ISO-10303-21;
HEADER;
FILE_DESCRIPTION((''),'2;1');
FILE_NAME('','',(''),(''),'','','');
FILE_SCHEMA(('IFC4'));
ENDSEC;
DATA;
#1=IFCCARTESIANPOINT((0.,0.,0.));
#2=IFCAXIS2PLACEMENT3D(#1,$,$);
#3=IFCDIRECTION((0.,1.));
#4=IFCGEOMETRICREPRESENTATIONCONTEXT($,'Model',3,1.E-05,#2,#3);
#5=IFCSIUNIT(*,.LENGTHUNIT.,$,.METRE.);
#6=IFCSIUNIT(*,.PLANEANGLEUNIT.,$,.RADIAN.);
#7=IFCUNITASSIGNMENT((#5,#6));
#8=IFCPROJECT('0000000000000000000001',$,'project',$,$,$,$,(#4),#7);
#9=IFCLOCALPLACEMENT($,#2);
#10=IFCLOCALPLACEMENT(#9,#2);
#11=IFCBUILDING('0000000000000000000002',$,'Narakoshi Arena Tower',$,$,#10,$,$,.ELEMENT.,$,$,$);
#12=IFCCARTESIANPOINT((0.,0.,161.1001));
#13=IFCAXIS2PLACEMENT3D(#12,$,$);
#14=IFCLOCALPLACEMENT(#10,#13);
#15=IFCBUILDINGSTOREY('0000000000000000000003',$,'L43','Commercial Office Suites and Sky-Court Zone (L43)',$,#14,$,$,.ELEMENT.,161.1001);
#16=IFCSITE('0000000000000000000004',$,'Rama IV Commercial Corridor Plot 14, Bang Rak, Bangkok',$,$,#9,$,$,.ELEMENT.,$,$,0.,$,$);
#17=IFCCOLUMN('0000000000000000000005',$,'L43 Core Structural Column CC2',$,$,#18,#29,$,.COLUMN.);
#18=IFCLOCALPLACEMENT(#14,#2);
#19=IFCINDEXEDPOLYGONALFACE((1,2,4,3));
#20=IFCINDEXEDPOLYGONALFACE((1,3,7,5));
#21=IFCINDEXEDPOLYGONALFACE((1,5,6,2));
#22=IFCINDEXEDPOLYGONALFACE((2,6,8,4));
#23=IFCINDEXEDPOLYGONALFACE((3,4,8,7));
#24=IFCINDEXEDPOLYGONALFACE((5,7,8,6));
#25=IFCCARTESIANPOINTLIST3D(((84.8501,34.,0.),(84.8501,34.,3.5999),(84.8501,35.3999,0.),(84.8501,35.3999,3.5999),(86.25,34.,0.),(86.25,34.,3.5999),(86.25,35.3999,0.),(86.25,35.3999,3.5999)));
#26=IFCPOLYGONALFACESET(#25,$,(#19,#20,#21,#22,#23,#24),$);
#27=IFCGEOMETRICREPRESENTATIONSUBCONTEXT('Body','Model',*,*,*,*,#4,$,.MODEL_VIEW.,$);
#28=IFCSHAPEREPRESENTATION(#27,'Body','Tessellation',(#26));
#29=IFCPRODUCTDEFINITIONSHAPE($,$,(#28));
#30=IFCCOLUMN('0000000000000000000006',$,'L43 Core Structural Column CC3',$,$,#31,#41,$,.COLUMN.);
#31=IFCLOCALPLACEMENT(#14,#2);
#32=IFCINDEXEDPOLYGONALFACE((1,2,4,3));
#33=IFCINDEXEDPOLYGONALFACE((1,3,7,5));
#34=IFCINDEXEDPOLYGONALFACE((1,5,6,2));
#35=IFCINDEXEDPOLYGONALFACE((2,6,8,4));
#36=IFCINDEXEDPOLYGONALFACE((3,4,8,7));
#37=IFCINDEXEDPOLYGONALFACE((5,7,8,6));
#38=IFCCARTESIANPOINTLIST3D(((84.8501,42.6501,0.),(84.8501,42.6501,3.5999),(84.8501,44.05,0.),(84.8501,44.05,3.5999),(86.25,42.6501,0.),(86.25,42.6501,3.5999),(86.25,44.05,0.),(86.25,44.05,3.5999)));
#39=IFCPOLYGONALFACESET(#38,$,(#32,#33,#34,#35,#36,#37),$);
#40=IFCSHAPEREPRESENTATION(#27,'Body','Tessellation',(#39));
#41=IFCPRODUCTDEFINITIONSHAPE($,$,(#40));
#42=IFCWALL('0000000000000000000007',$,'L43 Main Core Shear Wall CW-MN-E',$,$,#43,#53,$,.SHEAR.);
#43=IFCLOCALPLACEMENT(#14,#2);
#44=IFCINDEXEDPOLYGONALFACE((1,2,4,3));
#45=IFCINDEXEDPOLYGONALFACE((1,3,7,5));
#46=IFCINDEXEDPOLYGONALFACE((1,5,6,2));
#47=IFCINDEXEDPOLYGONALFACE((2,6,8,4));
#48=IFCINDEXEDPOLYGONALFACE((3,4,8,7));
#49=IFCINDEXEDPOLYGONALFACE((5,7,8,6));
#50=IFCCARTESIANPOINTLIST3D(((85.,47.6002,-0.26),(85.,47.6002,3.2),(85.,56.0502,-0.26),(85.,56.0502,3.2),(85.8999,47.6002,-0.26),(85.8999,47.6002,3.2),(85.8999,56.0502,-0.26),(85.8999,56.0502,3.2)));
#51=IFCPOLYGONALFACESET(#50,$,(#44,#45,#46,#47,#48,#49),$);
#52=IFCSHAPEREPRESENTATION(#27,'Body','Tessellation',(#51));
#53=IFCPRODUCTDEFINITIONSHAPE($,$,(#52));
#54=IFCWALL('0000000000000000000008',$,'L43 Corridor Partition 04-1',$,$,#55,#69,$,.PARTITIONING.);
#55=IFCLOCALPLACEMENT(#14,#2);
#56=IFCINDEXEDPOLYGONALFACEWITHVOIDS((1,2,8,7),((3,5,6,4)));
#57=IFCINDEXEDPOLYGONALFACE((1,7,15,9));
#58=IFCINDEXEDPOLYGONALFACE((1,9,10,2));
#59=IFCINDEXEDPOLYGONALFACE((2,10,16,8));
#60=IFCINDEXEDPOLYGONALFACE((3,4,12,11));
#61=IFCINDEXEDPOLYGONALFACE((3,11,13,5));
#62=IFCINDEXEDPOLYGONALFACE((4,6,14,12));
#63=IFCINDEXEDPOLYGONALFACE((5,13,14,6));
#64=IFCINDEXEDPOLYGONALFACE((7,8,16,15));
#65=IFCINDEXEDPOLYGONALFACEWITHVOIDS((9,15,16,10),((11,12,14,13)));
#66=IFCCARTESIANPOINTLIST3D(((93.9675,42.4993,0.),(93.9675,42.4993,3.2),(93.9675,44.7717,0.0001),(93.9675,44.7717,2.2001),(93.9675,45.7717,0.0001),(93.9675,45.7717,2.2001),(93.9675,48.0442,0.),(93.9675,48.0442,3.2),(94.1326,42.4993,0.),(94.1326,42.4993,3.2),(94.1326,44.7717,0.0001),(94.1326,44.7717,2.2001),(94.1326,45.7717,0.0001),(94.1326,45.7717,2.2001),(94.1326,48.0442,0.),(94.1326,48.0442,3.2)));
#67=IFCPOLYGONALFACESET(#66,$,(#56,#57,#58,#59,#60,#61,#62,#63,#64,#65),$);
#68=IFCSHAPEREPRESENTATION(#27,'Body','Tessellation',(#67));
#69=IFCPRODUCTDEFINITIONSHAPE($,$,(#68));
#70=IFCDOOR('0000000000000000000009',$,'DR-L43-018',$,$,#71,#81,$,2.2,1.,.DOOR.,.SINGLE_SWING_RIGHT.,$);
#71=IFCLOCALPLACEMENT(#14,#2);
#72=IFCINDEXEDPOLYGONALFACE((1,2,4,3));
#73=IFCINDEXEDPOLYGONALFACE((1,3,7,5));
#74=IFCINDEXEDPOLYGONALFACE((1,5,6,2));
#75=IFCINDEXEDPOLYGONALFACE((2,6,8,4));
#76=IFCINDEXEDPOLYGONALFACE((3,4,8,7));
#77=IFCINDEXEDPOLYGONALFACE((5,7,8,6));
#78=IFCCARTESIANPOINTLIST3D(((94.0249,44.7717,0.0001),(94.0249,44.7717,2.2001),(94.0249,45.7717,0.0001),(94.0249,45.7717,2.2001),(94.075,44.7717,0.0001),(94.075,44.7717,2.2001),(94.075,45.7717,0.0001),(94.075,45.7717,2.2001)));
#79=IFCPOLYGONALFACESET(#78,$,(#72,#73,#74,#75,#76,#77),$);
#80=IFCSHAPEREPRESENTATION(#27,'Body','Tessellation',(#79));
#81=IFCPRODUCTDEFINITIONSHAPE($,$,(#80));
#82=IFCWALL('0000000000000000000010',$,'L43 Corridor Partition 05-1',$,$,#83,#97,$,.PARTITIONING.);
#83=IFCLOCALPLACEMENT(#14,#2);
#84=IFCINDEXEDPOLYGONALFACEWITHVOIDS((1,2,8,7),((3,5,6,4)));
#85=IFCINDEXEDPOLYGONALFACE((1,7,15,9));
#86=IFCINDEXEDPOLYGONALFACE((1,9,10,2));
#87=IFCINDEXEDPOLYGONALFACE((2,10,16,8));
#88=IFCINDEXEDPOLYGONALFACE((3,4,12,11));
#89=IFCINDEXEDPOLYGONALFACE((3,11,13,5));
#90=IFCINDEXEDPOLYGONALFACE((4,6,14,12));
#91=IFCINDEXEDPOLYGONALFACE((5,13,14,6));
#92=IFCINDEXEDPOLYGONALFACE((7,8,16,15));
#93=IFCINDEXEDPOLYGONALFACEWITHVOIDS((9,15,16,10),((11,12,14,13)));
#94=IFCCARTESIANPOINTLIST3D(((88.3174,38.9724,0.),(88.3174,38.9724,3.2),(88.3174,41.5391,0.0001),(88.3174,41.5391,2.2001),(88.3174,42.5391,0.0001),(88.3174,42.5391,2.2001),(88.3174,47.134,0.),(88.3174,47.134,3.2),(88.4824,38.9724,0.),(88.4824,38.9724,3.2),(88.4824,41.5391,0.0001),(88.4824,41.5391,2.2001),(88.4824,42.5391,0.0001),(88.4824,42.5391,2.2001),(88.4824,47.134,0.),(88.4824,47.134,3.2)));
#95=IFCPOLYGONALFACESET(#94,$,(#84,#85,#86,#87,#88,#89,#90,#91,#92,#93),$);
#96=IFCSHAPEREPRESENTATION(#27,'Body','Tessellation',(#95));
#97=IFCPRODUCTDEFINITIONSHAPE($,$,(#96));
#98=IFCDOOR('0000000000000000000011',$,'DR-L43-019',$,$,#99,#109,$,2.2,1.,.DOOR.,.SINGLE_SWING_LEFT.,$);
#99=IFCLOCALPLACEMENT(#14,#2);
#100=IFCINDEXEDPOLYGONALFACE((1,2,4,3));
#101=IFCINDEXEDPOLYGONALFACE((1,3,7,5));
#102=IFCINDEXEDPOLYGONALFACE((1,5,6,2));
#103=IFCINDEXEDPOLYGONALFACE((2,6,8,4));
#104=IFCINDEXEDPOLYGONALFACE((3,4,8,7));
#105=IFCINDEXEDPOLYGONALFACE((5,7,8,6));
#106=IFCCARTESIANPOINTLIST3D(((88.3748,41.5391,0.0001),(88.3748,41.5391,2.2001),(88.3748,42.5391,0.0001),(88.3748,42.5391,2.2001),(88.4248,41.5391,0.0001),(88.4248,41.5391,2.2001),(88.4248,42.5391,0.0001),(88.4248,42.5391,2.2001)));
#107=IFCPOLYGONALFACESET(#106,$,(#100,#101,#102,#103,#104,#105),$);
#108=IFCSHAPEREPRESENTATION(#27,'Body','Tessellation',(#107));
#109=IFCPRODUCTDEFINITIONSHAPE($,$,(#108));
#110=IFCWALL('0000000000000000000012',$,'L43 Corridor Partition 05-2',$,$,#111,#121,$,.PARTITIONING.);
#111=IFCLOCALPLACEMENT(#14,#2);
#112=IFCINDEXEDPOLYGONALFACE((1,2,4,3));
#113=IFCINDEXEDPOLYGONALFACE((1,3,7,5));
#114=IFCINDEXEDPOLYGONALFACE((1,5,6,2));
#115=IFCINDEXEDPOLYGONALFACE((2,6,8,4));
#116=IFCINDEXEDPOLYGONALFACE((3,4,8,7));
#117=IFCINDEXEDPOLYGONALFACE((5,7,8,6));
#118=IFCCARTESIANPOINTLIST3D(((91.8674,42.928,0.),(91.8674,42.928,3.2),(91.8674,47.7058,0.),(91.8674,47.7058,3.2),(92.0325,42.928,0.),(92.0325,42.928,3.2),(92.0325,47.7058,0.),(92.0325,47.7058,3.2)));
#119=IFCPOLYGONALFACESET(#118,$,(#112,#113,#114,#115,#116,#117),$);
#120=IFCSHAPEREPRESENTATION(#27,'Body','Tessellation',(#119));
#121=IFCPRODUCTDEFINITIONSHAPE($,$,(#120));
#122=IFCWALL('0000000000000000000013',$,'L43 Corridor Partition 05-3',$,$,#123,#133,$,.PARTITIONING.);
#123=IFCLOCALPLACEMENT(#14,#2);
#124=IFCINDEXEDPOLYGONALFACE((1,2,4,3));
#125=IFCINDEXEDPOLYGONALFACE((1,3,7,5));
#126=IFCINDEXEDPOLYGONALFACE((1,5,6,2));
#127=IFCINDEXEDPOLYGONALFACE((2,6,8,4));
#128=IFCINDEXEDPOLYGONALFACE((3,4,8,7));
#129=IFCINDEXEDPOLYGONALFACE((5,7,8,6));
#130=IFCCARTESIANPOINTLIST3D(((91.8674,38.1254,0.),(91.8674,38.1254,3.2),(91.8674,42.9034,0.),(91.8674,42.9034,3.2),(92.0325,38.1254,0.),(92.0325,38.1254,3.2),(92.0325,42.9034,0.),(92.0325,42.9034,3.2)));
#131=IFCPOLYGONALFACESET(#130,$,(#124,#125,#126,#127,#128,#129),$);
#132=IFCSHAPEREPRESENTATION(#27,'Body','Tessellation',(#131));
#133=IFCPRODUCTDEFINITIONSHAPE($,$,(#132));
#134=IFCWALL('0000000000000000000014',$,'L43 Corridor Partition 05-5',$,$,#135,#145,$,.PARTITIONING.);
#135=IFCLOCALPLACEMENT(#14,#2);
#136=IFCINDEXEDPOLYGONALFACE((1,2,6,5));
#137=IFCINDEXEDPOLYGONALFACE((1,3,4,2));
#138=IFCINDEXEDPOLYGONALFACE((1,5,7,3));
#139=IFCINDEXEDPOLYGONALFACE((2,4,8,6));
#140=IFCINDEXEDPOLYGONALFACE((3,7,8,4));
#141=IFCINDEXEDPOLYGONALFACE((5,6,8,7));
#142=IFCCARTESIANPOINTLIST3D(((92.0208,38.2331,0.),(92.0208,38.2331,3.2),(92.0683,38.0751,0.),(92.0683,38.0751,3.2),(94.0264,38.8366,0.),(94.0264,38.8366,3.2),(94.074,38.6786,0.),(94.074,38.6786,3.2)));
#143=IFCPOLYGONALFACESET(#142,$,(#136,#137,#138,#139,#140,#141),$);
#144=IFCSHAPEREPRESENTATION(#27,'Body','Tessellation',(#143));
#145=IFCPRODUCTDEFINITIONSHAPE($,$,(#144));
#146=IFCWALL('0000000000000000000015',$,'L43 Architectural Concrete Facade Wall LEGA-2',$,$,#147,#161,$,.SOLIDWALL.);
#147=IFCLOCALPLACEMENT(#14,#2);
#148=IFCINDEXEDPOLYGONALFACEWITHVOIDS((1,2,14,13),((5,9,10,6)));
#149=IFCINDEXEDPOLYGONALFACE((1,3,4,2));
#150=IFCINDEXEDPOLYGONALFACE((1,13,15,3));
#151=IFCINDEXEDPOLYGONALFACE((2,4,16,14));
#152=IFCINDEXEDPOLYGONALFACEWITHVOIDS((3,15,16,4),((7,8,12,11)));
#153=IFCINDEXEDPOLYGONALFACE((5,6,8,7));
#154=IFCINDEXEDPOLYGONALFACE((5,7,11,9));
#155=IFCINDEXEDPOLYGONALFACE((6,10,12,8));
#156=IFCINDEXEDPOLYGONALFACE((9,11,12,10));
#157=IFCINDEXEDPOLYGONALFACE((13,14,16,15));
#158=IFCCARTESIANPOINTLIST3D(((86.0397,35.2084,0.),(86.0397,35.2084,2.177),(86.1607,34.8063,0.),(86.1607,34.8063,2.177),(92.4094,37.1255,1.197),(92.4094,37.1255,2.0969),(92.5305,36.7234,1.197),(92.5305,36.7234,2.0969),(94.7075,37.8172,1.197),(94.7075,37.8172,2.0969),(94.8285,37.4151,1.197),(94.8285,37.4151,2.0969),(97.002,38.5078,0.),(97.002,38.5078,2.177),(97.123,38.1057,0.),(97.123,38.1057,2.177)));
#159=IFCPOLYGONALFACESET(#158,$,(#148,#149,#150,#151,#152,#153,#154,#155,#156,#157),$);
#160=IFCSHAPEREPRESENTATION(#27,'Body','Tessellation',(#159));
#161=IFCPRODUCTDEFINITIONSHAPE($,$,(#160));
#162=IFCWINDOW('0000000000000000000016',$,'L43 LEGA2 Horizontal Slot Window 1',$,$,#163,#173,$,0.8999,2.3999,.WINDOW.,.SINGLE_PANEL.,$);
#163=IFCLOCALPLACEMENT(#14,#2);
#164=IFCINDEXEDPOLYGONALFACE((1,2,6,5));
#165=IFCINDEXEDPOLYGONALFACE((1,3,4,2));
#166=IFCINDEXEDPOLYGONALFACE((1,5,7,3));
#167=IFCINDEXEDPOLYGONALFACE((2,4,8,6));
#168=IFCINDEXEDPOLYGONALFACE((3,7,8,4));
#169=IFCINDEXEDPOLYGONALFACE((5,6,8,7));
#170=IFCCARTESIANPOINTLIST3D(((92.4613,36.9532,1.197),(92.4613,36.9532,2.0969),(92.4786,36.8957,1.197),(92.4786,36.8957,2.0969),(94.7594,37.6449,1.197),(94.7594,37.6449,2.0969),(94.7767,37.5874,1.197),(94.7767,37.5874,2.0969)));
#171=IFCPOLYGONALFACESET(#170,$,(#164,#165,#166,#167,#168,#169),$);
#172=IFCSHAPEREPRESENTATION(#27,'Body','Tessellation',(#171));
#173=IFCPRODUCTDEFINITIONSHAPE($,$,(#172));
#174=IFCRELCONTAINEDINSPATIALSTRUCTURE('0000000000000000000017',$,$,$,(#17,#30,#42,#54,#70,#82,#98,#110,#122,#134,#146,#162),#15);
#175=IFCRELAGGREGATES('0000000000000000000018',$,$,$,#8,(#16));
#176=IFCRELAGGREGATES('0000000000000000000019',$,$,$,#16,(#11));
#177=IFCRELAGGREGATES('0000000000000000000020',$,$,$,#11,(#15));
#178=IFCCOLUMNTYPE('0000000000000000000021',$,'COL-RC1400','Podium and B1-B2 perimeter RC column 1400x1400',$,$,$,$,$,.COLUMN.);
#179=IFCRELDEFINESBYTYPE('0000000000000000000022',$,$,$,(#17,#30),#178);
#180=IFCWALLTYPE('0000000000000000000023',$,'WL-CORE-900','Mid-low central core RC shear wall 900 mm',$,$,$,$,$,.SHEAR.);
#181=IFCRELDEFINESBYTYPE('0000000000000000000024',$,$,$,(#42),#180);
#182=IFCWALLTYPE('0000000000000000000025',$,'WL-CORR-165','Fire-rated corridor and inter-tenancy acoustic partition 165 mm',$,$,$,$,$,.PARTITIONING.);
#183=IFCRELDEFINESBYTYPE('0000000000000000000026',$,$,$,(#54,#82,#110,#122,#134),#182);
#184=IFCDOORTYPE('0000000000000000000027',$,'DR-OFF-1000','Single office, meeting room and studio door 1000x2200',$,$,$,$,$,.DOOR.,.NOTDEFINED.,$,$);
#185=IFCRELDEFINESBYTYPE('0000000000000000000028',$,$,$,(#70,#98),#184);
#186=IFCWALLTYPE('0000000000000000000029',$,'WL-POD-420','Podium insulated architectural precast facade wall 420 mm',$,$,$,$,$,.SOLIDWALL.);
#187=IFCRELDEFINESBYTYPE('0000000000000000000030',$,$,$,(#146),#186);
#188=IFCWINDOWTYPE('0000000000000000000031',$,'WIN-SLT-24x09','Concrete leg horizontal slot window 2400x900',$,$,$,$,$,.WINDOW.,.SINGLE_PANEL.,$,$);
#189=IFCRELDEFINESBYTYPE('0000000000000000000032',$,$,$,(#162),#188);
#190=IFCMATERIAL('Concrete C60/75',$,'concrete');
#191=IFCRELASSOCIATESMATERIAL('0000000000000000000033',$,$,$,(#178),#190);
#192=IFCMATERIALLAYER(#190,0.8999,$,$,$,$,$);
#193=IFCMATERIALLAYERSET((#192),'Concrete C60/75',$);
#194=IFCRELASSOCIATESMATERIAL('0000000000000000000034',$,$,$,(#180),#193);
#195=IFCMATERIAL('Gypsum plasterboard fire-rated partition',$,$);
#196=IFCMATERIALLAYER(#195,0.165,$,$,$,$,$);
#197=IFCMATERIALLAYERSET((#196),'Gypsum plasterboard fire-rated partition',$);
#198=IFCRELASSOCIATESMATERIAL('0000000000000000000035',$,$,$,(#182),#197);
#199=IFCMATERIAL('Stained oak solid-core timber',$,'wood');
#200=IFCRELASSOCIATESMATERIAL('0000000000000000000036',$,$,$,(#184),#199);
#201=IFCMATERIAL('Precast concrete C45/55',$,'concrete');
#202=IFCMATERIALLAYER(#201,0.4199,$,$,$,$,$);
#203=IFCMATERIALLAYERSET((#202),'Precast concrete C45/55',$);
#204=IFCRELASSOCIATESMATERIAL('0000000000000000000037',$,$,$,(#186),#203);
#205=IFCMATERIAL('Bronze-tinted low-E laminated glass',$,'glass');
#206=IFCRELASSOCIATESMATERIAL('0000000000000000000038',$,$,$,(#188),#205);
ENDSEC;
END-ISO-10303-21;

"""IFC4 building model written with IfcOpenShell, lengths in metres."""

from ifc_helpers import new_model, si_unit, direction, frame, frame_2d, origin, origin_2d, place, context, subcontext, project, spatial, rectangle, extrude, material, layer, layer_set, material_profile, profile_set, type_object, element, fill, save


model = new_model("IFC4")

# Units and contexts
model_context = context("Model", 3, precision=1e-05, world=origin(), true_north=direction((0.0, 1.0)))
body_context = subcontext(model_context, "Body", "Model", "MODEL_VIEW")
ifc_project = project(units=[si_unit("LENGTHUNIT", "METRE"), si_unit("PLANEANGLEUNIT", "RADIAN")], contexts=[model_context])

# Site, building, storey
site_placement = place(None, origin())
site = spatial("IfcSite", under=ifc_project, at=site_placement, Name="Rama IV Commercial Corridor Plot 14, Bang Rak, Bangkok", CompositionType="ELEMENT", RefElevation=0.0)
building_placement = place(site_placement, origin())
building = spatial("IfcBuilding", under=site, at=building_placement, Name="Narakoshi Arena Tower", CompositionType="ELEMENT")
storey_placement = place(building_placement, frame((0.0, 0.0, 161.1001)))
storey = spatial("IfcBuildingStorey", under=building, at=storey_placement, Name="L43", Description="Commercial Office Suites and Sky-Court Zone (L43)", CompositionType="ELEMENT", Elevation=161.1001)

# Columns
ifc_material_1 = material(Name="Concrete C60/75", Category="concrete")
ifc_material_profile = material_profile(ifc_material_1, rectangle(XDim=1.3999, YDim=1.3999, at=origin_2d()), Name="RC1400x1400")
ifc_profile_set = profile_set([ifc_material_profile], Name="Concrete C60/75")
column_type = type_object("IfcColumnType", Name="COL-RC1400", Description="Podium and B1-B2 perimeter RC column 1400x1400", PredefinedType="COLUMN", material=ifc_profile_set)
for number, where, z_axis, x_axis, name in (
    (1, (85.55, 34.7, 0.0), (0.0, 0.0, 1.0), (1.0, 0.0, 0.0), "L43 Core Structural Column CC2"),
    (2, (85.55, 43.3501, 0.0), (0.0, 0.0, 1.0), (1.0, 0.0, 0.0), "L43 Core Structural Column CC3"),
):
    element("IfcColumn", number, at=place(storey_placement, frame(where, z_axis=z_axis, x_axis=x_axis)), inside=storey, type_object=column_type, Name=name, PredefinedType="COLUMN", context=body_context, shape_type="SweptSolid", body=[
        extrude(rectangle(XDim=1.3999, YDim=1.3999, at=origin_2d()), origin(), (0.0, 0.0, 1.0), 3.5999),
    ])

# Wall
ifc_layer_1 = layer(ifc_material_1, 0.8999)
ifc_layer_set_1 = layer_set([ifc_layer_1], Name="Concrete C60/75")
wall_type_1 = type_object("IfcWallType", Name="WL-CORE-900", Description="Mid-low central core RC shear wall 900 mm", PredefinedType="SHEAR", material=ifc_layer_set_1)
wall_1_placement = place(storey_placement, frame((85.45, 47.6001, -0.26), z_axis=(0.0, 0.0, 1.0), x_axis=(0.0, 1.0, 0.0)))
element("IfcWall", 3, at=wall_1_placement, inside=storey, type_object=wall_type_1, Name="L43 Main Core Shear Wall CW-MN-E", PredefinedType="SHEAR", context=body_context, shape_type="SweptSolid", body=[
    extrude(rectangle(XDim=8.45, YDim=0.8999, at=frame_2d((4.2251, 0.0))), origin(), (0.0, 0.0, 1.0), 3.46),
])

# Walls, openings, doors
ifc_material_2 = material(Name="Gypsum plasterboard fire-rated partition")
ifc_layer_2 = layer(ifc_material_2, 0.165)
ifc_layer_set_2 = layer_set([ifc_layer_2], Name="Gypsum plasterboard fire-rated partition")
wall_type_2 = type_object("IfcWallType", Name="WL-CORR-165", Description="Fire-rated corridor and inter-tenancy acoustic partition 165 mm", PredefinedType="PARTITIONING", material=ifc_layer_set_2)
wall_2_placement = place(storey_placement, frame((94.05, 42.4993, 0.0), z_axis=(0.0, 0.0, 1.0), x_axis=(0.0, 1.0, 0.0)))
wall_2 = element("IfcWall", 4, at=wall_2_placement, inside=storey, type_object=wall_type_2, Name="L43 Corridor Partition 04-1", PredefinedType="PARTITIONING", context=body_context, shape_type="SweptSolid", body=[
    extrude(rectangle(XDim=5.5449, YDim=0.165, at=frame_2d((2.7725, 0.0))), origin(), (0.0, 0.0, 1.0), 3.2),
])
opening_1_placement = place(wall_2_placement, frame((2.2725, 0.0, 0.0)))
opening_1 = element("IfcOpeningElement", 5, at=opening_1_placement, cuts=wall_2, PredefinedType="OPENING", context=body_context, shape_type="SweptSolid", body=[
    extrude(rectangle(XDim=1.0, YDim=2.2, at=frame_2d((0.5, 1.1001))), frame((0.0, 0.0925, 0.0), z_axis=(0.0, -1.0, 0.0), x_axis=(1.0, 0.0, 0.0)), (0.0, 0.0, 1.0), 0.1851),
])
ifc_material_3 = material(Name="Stained oak solid-core timber", Category="wood")
door_type_1 = type_object("IfcDoorType", Name="DR-OFF-1000", Description="Single office, meeting room and studio door 1000x2200", OperationType="NOTDEFINED", PredefinedType="DOOR", material=ifc_material_3)
door_1_placement = place(opening_1_placement, frame((1.0, 0.0, 0.0), z_axis=(0.0, 0.0, 1.0), x_axis=(-1.0, 0.0, 0.0)))
door_1 = element("IfcDoor", 6, at=door_1_placement, inside=storey, type_object=door_type_1, Name="DR-L43-018", OperationType="SINGLE_SWING_RIGHT", OverallHeight=2.2, OverallWidth=1.0, PredefinedType="DOOR", context=body_context, shape_type="SweptSolid", body=[
    extrude(rectangle(XDim=1.0, YDim=2.2, at=frame_2d((0.5, 1.1001))), frame((0.0, 0.0249, 0.0), z_axis=(0.0, -1.0, 0.0), x_axis=(1.0, 0.0, 0.0)), (0.0, 0.0, 1.0), 0.05),
])
fill(opening_1, door_1)
wall_3_placement = place(storey_placement, frame((88.3999, 38.9724, 0.0), z_axis=(0.0, 0.0, 1.0), x_axis=(0.0, 1.0, 0.0)))
wall_3 = element("IfcWall", 7, at=wall_3_placement, inside=storey, type_object=wall_type_2, Name="L43 Corridor Partition 05-1", PredefinedType="PARTITIONING", context=body_context, shape_type="SweptSolid", body=[
    extrude(rectangle(XDim=8.1616, YDim=0.165, at=frame_2d((4.0808, 0.0))), origin(), (0.0, 0.0, 1.0), 3.2),
])
opening_2_placement = place(wall_3_placement, frame((2.5667, 0.0, 0.0)))
opening_2 = element("IfcOpeningElement", 8, at=opening_2_placement, cuts=wall_3, PredefinedType="OPENING", context=body_context, shape_type="SweptSolid", body=[
    extrude(rectangle(XDim=1.0, YDim=2.2, at=frame_2d((0.5, 1.1001))), frame((0.0, 0.0925, 0.0), z_axis=(0.0, -1.0, 0.0), x_axis=(1.0, 0.0, 0.0)), (0.0, 0.0, 1.0), 0.1851),
])
door_2_placement = place(opening_2_placement, frame((1.0, 0.0, 0.0), z_axis=(0.0, 0.0, 1.0), x_axis=(-1.0, 0.0, 0.0)))
door_2 = element("IfcDoor", 9, at=door_2_placement, inside=storey, type_object=door_type_1, Name="DR-L43-019", OperationType="SINGLE_SWING_LEFT", OverallHeight=2.2, OverallWidth=1.0, PredefinedType="DOOR", context=body_context, shape_type="SweptSolid", body=[
    extrude(rectangle(XDim=1.0, YDim=2.2, at=frame_2d((0.5, 1.1001))), frame((0.0, 0.0249, 0.0), z_axis=(0.0, -1.0, 0.0), x_axis=(1.0, 0.0, 0.0)), (0.0, 0.0, 1.0), 0.05),
])
fill(opening_2, door_2)

# Walls
wall_4_placement = place(storey_placement, frame((91.95, 47.7058, 0.0), z_axis=(0.0, 0.0, 1.0), x_axis=(0.0, -1.0, 0.0)))
element("IfcWall", 10, at=wall_4_placement, inside=storey, type_object=wall_type_2, Name="L43 Corridor Partition 05-2", PredefinedType="PARTITIONING", context=body_context, shape_type="SweptSolid", body=[
    extrude(rectangle(XDim=4.7778, YDim=0.165, at=frame_2d((2.3889, 0.0))), origin(), (0.0, 0.0, 1.0), 3.2),
])
wall_5_placement = place(storey_placement, frame((91.95, 42.9036, 0.0), z_axis=(0.0, 0.0, 1.0), x_axis=(0.0, -1.0, 0.0)))
element("IfcWall", 11, at=wall_5_placement, inside=storey, type_object=wall_type_2, Name="L43 Corridor Partition 05-3", PredefinedType="PARTITIONING", context=body_context, shape_type="SweptSolid", body=[
    extrude(rectangle(XDim=4.7781, YDim=0.165, at=frame_2d((2.3892, 0.0))), origin(), (0.0, 0.0, 1.0), 3.2),
])
wall_6_placement = place(storey_placement, frame((92.0444, 38.1541, 0.0), z_axis=(0.0, 0.0, 1.0), x_axis=(0.957585, 0.28815, 0.0)))
element("IfcWall", 12, at=wall_6_placement, inside=storey, type_object=wall_type_2, Name="L43 Corridor Partition 05-5", PredefinedType="PARTITIONING", context=body_context, shape_type="SweptSolid", body=[
    extrude(rectangle(XDim=2.0945, YDim=0.165, at=frame_2d((1.0474, 0.0))), origin(), (0.0, 0.0, 1.0), 3.2),
])

# Wall, opening, window
ifc_material_4 = material(Name="Precast concrete C45/55", Category="concrete")
ifc_layer_3 = layer(ifc_material_4, 0.4199)
ifc_layer_set_3 = layer_set([ifc_layer_3], Name="Precast concrete C45/55")
wall_type_3 = type_object("IfcWallType", Name="WL-POD-420", Description="Podium insulated architectural precast facade wall 420 mm", PredefinedType="SOLIDWALL", material=ifc_layer_set_3)
wall_7_placement = place(storey_placement, frame((86.1001, 35.0073, 0.0), z_axis=(0.0, 0.0, 1.0), x_axis=(0.957569, 0.288203, 0.0)))
wall_7 = element("IfcWall", 13, at=wall_7_placement, inside=storey, type_object=wall_type_3, Name="L43 Architectural Concrete Facade Wall LEGA-2", PredefinedType="SOLIDWALL", context=body_context, shape_type="SweptSolid", body=[
    extrude(rectangle(XDim=11.448, YDim=0.4199, at=frame_2d((5.7241, 0.0))), origin(), (0.0, 0.0, 1.0), 2.177),
])
opening_3_placement = place(wall_7_placement, frame((6.6521, 0.0, 1.197)))
opening_3 = element("IfcOpeningElement", 14, at=opening_3_placement, cuts=wall_7, PredefinedType="OPENING", context=body_context, shape_type="SweptSolid", body=[
    extrude(rectangle(XDim=2.3999, YDim=0.8999, at=frame_2d((1.2, 0.45))), frame((0.0, 0.22, 0.0), z_axis=(0.0, -1.0, 0.0), x_axis=(1.0, 0.0, 0.0)), (0.0, 0.0, 1.0), 0.4399),
])
ifc_material_5 = material(Name="Bronze-tinted low-E laminated glass", Category="glass")
window_type = type_object("IfcWindowType", Name="WIN-SLT-24x09", Description="Concrete leg horizontal slot window 2400x900", PartitioningType="SINGLE_PANEL", PredefinedType="WINDOW", material=ifc_material_5)
window_placement = place(opening_3_placement, origin())
window = element("IfcWindow", 15, at=window_placement, inside=storey, type_object=window_type, Name="L43 LEGA2 Horizontal Slot Window 1", OverallHeight=0.8999, OverallWidth=2.3999, PartitioningType="SINGLE_PANEL", PredefinedType="WINDOW", context=body_context, shape_type="SweptSolid", body=[
    extrude(rectangle(XDim=2.3999, YDim=0.8999, at=frame_2d((1.2, 0.45))), frame((0.0, 0.03, 0.0), z_axis=(0.0, -1.0, 0.0), x_axis=(1.0, 0.0, 0.0)), (0.0, 0.0, 1.0), 0.0601),
])
fill(opening_3, window)

save(model, "model.ifc")
